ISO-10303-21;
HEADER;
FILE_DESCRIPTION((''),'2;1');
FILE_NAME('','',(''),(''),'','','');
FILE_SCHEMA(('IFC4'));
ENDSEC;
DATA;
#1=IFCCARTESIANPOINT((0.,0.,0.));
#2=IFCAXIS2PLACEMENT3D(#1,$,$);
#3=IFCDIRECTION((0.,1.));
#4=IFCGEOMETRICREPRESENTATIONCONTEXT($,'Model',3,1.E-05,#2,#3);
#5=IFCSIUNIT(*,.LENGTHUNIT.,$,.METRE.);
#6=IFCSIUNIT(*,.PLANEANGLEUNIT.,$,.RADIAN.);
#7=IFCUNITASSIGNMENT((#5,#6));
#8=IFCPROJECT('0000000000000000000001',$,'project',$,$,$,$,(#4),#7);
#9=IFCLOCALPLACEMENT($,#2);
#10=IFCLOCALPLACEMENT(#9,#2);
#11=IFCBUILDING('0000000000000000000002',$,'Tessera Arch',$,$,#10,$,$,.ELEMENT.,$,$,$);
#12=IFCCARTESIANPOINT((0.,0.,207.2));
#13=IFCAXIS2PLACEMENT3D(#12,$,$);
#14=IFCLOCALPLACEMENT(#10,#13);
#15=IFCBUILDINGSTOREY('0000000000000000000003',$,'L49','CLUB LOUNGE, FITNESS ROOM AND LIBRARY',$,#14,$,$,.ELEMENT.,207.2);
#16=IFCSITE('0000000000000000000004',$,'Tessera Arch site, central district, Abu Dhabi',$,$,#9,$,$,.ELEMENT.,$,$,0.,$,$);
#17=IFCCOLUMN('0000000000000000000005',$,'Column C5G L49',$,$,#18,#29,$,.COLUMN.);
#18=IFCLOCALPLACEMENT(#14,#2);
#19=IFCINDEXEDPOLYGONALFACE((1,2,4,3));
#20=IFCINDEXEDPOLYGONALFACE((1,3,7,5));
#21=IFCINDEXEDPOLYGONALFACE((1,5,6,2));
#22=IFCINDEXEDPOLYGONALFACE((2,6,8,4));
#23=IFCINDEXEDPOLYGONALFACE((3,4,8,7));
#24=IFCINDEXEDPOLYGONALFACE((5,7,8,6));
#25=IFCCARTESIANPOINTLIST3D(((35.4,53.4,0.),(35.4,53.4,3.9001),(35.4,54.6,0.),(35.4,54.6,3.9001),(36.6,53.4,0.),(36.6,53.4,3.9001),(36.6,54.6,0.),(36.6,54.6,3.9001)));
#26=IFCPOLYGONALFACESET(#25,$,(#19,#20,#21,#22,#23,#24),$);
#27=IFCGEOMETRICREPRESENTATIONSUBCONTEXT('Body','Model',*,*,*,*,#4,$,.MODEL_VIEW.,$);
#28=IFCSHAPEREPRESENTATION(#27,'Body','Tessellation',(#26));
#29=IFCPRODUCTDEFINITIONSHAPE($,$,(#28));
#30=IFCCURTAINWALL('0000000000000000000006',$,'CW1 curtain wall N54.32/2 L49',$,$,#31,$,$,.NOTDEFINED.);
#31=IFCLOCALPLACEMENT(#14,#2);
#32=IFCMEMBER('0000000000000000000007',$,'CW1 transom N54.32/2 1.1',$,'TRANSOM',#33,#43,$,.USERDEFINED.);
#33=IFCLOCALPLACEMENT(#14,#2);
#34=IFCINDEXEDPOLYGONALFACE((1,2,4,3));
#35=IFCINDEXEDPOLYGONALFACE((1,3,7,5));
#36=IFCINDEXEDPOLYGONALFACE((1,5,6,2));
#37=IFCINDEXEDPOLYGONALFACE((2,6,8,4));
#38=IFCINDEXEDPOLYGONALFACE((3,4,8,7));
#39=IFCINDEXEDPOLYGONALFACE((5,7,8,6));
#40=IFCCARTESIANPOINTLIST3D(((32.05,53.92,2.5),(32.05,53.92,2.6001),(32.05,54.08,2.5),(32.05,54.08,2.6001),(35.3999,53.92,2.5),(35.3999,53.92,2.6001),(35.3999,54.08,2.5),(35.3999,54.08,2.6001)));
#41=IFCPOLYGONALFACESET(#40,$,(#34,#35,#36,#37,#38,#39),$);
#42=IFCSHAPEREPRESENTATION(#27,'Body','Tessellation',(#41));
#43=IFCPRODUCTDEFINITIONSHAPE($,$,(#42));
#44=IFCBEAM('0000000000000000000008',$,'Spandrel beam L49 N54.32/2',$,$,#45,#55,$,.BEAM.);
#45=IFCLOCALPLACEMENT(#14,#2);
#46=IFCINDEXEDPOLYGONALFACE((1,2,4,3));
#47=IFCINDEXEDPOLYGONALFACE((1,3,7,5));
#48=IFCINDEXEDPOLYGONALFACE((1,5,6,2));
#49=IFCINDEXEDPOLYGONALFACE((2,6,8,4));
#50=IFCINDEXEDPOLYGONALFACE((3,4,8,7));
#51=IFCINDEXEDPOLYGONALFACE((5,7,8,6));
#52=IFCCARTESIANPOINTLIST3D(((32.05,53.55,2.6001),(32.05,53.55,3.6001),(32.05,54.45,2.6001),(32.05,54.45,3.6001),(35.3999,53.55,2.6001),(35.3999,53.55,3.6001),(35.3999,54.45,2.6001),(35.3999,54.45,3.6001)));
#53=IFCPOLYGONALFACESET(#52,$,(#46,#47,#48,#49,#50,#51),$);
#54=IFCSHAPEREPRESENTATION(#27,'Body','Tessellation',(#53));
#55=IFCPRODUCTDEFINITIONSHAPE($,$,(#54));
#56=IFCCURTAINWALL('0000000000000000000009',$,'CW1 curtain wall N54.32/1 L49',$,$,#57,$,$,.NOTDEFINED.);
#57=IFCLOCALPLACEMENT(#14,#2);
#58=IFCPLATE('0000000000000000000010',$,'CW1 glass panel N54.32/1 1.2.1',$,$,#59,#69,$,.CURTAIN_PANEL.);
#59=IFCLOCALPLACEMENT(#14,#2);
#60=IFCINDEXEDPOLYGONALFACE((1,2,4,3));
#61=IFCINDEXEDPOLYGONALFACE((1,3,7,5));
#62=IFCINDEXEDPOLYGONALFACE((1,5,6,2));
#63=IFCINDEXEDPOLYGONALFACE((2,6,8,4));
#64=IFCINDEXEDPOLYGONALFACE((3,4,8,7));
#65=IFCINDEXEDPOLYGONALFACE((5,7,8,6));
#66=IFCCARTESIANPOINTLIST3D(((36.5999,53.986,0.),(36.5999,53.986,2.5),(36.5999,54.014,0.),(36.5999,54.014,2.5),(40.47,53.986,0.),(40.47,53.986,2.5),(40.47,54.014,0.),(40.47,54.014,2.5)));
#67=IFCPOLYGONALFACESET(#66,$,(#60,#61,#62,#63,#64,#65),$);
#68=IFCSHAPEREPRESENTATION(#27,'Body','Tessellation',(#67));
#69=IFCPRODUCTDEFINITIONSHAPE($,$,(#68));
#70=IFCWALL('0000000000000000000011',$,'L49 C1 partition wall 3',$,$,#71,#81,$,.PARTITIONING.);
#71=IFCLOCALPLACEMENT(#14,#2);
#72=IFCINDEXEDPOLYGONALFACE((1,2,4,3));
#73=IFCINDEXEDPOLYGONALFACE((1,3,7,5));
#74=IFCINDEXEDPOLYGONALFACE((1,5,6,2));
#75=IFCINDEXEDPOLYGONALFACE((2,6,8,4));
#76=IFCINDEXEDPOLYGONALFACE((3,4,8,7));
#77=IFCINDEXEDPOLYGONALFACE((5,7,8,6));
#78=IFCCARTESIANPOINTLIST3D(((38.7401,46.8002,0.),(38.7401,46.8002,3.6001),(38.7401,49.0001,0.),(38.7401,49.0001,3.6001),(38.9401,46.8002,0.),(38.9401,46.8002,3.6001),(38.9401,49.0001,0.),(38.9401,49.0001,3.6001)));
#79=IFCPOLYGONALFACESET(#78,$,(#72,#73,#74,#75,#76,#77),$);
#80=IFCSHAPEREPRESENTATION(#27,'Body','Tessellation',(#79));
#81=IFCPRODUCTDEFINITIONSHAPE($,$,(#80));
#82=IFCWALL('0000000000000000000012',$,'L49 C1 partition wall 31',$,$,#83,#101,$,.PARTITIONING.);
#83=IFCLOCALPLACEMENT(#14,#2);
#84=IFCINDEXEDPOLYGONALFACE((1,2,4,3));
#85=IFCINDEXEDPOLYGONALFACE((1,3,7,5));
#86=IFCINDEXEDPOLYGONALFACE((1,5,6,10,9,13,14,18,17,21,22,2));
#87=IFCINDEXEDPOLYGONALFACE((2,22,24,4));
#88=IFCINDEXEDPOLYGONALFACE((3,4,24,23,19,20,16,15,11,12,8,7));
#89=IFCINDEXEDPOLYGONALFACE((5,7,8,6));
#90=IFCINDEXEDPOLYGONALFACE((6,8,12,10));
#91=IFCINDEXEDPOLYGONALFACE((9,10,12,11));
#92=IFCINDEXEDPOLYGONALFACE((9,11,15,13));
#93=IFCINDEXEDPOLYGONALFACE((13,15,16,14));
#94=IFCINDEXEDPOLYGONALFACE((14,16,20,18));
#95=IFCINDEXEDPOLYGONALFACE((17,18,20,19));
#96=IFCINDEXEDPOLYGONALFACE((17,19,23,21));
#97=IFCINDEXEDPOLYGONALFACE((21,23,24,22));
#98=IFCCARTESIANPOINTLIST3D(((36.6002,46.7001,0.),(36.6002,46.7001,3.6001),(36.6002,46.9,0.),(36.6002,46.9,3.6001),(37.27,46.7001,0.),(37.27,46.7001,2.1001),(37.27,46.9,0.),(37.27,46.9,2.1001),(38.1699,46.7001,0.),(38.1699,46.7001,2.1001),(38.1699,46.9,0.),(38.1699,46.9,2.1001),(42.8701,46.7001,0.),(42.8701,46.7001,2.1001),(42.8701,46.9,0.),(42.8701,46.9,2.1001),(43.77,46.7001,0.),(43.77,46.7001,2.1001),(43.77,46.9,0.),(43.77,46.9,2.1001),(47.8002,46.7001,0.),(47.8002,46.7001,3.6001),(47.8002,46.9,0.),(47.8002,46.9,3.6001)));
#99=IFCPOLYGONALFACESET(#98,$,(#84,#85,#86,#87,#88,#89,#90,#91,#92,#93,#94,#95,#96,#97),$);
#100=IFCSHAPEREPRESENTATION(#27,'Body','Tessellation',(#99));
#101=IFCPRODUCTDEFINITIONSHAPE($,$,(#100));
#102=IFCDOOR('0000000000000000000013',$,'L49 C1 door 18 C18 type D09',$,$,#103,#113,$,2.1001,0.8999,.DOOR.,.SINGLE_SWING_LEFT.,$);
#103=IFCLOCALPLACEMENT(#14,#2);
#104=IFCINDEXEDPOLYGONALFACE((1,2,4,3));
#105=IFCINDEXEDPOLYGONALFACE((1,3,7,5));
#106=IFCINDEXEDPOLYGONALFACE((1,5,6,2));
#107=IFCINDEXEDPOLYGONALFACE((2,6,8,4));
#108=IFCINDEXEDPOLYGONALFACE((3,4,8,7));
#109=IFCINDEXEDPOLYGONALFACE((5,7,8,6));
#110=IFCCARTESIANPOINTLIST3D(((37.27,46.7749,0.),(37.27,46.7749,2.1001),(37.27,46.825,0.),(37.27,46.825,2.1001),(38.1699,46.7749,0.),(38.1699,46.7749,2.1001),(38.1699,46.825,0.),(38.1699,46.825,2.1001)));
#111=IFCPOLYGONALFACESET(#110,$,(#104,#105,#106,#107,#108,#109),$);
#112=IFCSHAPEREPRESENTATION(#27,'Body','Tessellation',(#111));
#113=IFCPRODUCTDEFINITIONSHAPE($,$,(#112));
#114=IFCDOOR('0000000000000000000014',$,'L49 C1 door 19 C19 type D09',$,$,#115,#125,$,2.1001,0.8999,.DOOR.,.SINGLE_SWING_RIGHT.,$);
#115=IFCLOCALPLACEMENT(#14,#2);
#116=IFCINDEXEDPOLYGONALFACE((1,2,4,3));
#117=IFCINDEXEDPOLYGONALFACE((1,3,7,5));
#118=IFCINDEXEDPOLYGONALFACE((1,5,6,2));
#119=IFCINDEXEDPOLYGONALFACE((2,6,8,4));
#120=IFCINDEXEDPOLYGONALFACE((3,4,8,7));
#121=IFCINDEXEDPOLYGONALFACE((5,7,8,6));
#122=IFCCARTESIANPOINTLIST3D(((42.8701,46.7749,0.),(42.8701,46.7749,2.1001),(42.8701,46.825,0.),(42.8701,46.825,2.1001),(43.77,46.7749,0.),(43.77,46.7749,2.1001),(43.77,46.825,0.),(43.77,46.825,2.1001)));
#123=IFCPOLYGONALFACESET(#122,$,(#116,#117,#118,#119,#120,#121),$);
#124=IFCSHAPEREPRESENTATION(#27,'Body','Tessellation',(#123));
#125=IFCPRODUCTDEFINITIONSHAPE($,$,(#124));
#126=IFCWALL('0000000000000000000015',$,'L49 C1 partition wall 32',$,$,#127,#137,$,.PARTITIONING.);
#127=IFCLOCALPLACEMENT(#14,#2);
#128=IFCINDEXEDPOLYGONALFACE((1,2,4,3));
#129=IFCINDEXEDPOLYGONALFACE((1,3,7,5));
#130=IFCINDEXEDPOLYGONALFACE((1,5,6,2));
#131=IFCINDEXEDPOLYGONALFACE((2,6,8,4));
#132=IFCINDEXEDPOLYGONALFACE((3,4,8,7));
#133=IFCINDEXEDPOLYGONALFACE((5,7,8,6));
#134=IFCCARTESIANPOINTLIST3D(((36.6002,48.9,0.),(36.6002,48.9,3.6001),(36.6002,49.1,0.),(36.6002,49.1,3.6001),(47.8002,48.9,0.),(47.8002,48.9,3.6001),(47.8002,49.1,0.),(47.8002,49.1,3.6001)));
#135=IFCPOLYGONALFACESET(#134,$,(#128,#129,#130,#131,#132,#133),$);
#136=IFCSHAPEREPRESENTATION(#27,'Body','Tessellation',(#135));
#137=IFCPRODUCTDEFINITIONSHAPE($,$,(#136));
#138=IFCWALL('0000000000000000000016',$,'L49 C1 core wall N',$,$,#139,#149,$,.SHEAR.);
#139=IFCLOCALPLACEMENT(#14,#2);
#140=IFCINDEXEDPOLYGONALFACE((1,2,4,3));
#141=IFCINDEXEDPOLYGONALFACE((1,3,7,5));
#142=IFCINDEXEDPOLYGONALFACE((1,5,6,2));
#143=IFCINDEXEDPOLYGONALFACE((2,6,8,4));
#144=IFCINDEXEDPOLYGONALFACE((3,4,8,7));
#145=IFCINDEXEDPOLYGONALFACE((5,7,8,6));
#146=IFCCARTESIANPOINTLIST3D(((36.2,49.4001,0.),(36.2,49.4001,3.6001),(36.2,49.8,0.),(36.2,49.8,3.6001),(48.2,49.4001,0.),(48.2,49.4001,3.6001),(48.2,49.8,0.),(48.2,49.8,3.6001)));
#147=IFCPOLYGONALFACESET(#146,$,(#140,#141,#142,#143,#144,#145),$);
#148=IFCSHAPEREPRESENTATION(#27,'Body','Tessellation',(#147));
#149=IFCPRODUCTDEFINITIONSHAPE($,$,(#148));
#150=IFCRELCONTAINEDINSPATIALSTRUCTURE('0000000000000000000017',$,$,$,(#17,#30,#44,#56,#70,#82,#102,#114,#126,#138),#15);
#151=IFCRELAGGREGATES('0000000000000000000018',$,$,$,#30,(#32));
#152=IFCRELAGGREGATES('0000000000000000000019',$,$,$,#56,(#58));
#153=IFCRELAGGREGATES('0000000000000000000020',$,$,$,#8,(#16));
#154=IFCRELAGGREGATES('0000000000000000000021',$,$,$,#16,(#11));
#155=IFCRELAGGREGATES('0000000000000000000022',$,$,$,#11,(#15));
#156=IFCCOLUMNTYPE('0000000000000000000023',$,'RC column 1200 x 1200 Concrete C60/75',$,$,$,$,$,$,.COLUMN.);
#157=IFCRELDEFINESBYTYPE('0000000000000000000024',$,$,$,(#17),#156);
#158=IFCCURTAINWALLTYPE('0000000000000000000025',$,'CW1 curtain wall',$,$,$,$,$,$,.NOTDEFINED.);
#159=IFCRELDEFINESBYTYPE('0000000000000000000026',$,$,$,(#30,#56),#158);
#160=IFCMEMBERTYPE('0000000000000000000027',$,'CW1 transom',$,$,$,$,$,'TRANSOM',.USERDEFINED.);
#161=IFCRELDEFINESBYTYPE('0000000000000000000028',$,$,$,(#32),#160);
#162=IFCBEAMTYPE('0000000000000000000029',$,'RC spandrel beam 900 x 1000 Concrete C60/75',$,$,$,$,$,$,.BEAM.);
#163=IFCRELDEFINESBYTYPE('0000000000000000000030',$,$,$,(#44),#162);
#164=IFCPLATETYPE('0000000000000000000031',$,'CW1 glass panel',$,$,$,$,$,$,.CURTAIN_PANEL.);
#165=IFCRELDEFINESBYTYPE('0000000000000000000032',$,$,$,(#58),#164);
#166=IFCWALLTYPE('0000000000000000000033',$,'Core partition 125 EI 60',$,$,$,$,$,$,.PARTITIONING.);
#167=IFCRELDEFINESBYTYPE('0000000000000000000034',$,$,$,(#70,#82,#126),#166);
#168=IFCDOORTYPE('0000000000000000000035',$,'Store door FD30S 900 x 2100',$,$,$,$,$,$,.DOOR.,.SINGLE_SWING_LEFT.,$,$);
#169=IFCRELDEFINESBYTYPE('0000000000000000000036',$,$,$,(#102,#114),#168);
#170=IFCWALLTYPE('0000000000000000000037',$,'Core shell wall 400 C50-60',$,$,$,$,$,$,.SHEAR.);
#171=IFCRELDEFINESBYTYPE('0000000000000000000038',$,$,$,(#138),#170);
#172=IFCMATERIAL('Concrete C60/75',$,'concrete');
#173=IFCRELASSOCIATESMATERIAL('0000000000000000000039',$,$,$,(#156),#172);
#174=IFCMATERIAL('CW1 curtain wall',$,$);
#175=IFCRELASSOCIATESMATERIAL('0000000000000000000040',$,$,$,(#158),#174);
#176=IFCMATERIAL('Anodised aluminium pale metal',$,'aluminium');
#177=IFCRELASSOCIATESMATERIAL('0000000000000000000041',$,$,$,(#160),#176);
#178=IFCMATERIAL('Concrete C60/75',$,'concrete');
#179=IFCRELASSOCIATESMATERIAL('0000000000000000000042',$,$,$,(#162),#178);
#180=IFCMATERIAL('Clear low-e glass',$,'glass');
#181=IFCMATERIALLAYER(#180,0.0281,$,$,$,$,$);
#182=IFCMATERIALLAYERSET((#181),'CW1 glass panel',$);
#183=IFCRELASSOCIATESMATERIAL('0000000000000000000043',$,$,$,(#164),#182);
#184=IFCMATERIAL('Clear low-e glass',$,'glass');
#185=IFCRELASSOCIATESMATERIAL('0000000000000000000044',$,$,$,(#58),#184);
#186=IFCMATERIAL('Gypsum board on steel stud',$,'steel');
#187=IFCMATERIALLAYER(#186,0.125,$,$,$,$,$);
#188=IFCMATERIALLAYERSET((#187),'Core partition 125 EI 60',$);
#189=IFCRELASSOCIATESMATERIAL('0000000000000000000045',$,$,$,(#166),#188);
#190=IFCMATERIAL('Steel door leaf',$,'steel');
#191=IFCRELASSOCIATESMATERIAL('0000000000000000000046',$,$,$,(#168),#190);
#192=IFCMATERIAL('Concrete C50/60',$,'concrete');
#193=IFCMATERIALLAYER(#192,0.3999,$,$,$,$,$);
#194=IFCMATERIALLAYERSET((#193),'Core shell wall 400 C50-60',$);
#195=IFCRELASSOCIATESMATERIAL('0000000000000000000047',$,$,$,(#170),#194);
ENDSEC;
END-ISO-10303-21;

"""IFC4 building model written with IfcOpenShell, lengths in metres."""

from ifc_helpers import new_model, si_unit, direction, frame, frame_2d, origin, origin_2d, place, context, subcontext, project, spatial, rectangle, extrude, material, layer, layer_set, material_profile, profile_set, type_object, element, fill, aggregate, save


model = new_model("IFC4")

# Units and contexts
model_context = context("Model", 3, precision=1e-05, world=origin(), true_north=direction((0.0, 1.0)))
body_context = subcontext(model_context, "Body", "Model", "MODEL_VIEW")
ifc_project = project(units=[si_unit("LENGTHUNIT", "METRE"), si_unit("PLANEANGLEUNIT", "RADIAN")], contexts=[model_context])

# Site, building, storey
site_placement = place(None, origin())
site = spatial("IfcSite", under=ifc_project, at=site_placement, Name="Tessera Arch site, central district, Abu Dhabi", CompositionType="ELEMENT", RefElevation=0.0)
building_placement = place(site_placement, origin())
building = spatial("IfcBuilding", under=site, at=building_placement, Name="Tessera Arch", CompositionType="ELEMENT")
storey_placement = place(building_placement, frame((0.0, 0.0, 207.2)))
storey = spatial("IfcBuildingStorey", under=building, at=storey_placement, Name="L49", Description="CLUB LOUNGE, FITNESS ROOM AND LIBRARY", CompositionType="ELEMENT", Elevation=207.2)

# Column
ifc_material_1 = material(Name="Concrete C60/75", Category="concrete")
ifc_material_profile_1 = material_profile(ifc_material_1, rectangle(XDim=1.2, YDim=1.2, at=origin_2d()), Name="RC column 1200 x 1200 Concrete C60/75")
ifc_profile_set_1 = profile_set([ifc_material_profile_1], Name="Concrete C60/75")
column_type = type_object("IfcColumnType", Name="RC column 1200 x 1200 Concrete C60/75", PredefinedType="COLUMN", material=ifc_profile_set_1)
column_placement = place(storey_placement, frame((36.0, 54.0, 0.0), z_axis=(0.0, 0.0, 1.0), x_axis=(1.0, 0.0, 0.0)))
element("IfcColumn", 1, at=column_placement, inside=storey, type_object=column_type, Name="Column C5G L49", PredefinedType="COLUMN", context=body_context, shape_type="SweptSolid", body=[
    extrude(rectangle(XDim=1.2, YDim=1.2, at=origin_2d()), origin(), (0.0, 0.0, 1.0), 3.9001),
])

# Curtain wall, member
ifc_material_2 = material(Name="CW1 curtain wall")
curtain_wall_type = type_object("IfcCurtainWallType", Name="CW1 curtain wall", PredefinedType="NOTDEFINED", material=ifc_material_2)
curtain_wall_1_placement = place(storey_placement, origin())
curtain_wall_1 = element("IfcCurtainWall", 2, at=curtain_wall_1_placement, inside=storey, type_object=curtain_wall_type, Name="CW1 curtain wall N54.32/2 L49", PredefinedType="NOTDEFINED")
ifc_material_3 = material(Name="Anodised aluminium pale metal", Category="aluminium")
ifc_material_profile_2 = material_profile(ifc_material_3, rectangle(XDim=0.1599, YDim=0.1001, at=origin_2d()), Name="AL 160x100")
ifc_profile_set_2 = profile_set([ifc_material_profile_2], Name="Anodised aluminium pale metal")
member_type = type_object("IfcMemberType", Name="CW1 transom", ElementType="TRANSOM", PredefinedType="USERDEFINED", material=ifc_profile_set_2)
member_placement = place(storey_placement, frame((35.3999, 54.0, 2.55), z_axis=(-1.0, 0.0, 0.0), x_axis=(0.0, -1.0, 0.0)))
member = element("IfcMember", 3, at=member_placement, type_object=member_type, Name="CW1 transom N54.32/2 1.1", ObjectType="TRANSOM", PredefinedType="USERDEFINED", context=body_context, shape_type="SweptSolid", body=[
    extrude(rectangle(XDim=0.1599, YDim=0.1001, at=origin_2d()), origin(), (0.0, 0.0, 1.0), 3.3499),
])
aggregate(curtain_wall_1, [member])

# Beam
ifc_material_4 = material(Name="Concrete C60/75", Category="concrete")
ifc_material_profile_3 = material_profile(ifc_material_4, rectangle(XDim=0.8999, YDim=1.0, at=origin_2d()), Name="RC spandrel beam 900 x 1000 Concrete C60/75")
ifc_profile_set_3 = profile_set([ifc_material_profile_3], Name="Concrete C60/75")
beam_type = type_object("IfcBeamType", Name="RC spandrel beam 900 x 1000 Concrete C60/75", PredefinedType="BEAM", material=ifc_profile_set_3)
beam_placement = place(storey_placement, frame((35.3999, 54.0, 3.1001), z_axis=(-1.0, 0.0, 0.0), x_axis=(0.0, -1.0, 0.0)))
element("IfcBeam", 4, at=beam_placement, inside=storey, type_object=beam_type, Name="Spandrel beam L49 N54.32/2", PredefinedType="BEAM", context=body_context, shape_type="SweptSolid", body=[
    extrude(rectangle(XDim=0.8999, YDim=1.0, at=origin_2d()), origin(), (0.0, 0.0, 1.0), 3.3499),
])

# Curtain wall, plate
curtain_wall_2_placement = place(storey_placement, origin())
curtain_wall_2 = element("IfcCurtainWall", 5, at=curtain_wall_2_placement, inside=storey, type_object=curtain_wall_type, Name="CW1 curtain wall N54.32/1 L49", PredefinedType="NOTDEFINED")
ifc_material_5 = material(Name="Clear low-e glass", Category="glass")
ifc_material_6 = material(Name="Clear low-e glass", Category="glass")
ifc_layer_1 = layer(ifc_material_6, 0.0281)
ifc_layer_set_1 = layer_set([ifc_layer_1], Name="CW1 glass panel")
plate_type = type_object("IfcPlateType", Name="CW1 glass panel", PredefinedType="CURTAIN_PANEL", material=ifc_layer_set_1)
plate_placement = place(storey_placement, frame((38.5349, 54.0, 0.0), z_axis=(0.0, 0.0, 1.0), x_axis=(-1.0, 0.0, 0.0)))
plate = element("IfcPlate", 6, at=plate_placement, type_object=plate_type, material=ifc_material_5, Name="CW1 glass panel N54.32/1 1.2.1", PredefinedType="CURTAIN_PANEL", context=body_context, shape_type="SweptSolid", body=[
    extrude(rectangle(XDim=3.8701, YDim=0.0281, at=origin_2d()), origin(), (0.0, 0.0, 1.0), 2.5),
])
aggregate(curtain_wall_2, [plate])

# Wall
ifc_material_7 = material(Name="Gypsum board on steel stud", Category="steel")
ifc_layer_2 = layer(ifc_material_7, 0.125)
ifc_layer_set_2 = layer_set([ifc_layer_2], Name="Core partition 125 EI 60")
wall_type_1 = type_object("IfcWallType", Name="Core partition 125 EI 60", PredefinedType="PARTITIONING", material=ifc_layer_set_2)
wall_1_placement = place(storey_placement, frame((38.8401, 46.8, 0.0), z_axis=(0.0, 0.0, 1.0), x_axis=(0.0, 1.0, 0.0)))
element("IfcWall", 7, at=wall_1_placement, inside=storey, type_object=wall_type_1, Name="L49 C1 partition wall 3", PredefinedType="PARTITIONING", context=body_context, shape_type="SweptSolid", body=[
    extrude(rectangle(XDim=2.2, YDim=0.2, at=frame_2d((1.1001, 0.0))), origin(), (0.0, 0.0, 1.0), 3.6001),
])

# Wall, openings, doors
wall_2_placement = place(storey_placement, frame((36.6001, 46.8, 0.0), z_axis=(0.0, 0.0, 1.0), x_axis=(1.0, 0.0, 0.0)))
wall_2 = element("IfcWall", 8, at=wall_2_placement, inside=storey, type_object=wall_type_1, Name="L49 C1 partition wall 31", PredefinedType="PARTITIONING", context=body_context, shape_type="SweptSolid", body=[
    extrude(rectangle(XDim=11.2, YDim=0.2, at=frame_2d((5.6001, 0.0))), origin(), (0.0, 0.0, 1.0), 3.6001),
])
opening_1_placement = place(wall_2_placement, frame((0.6699, 0.0, 0.0)))
opening_1 = element("IfcOpeningElement", 9, at=opening_1_placement, cuts=wall_2, PredefinedType="OPENING", context=body_context, shape_type="SweptSolid", body=[
    extrude(rectangle(XDim=0.8999, YDim=2.1001, at=frame_2d((0.45, 1.05))), frame((0.0, 0.1099, 0.0), z_axis=(0.0, -1.0, 0.0), x_axis=(1.0, 0.0, 0.0)), (0.0, 0.0, 1.0), 0.22),
])
opening_2_placement = place(wall_2_placement, frame((6.27, 0.0, 0.0)))
opening_2 = element("IfcOpeningElement", 10, at=opening_2_placement, cuts=wall_2, PredefinedType="OPENING", context=body_context, shape_type="SweptSolid", body=[
    extrude(rectangle(XDim=0.8999, YDim=2.1001, at=frame_2d((0.45, 1.05))), frame((0.0, 0.1099, 0.0), z_axis=(0.0, -1.0, 0.0), x_axis=(1.0, 0.0, 0.0)), (0.0, 0.0, 1.0), 0.22),
])
ifc_material_8 = material(Name="Steel door leaf", Category="steel")
door_type_1 = type_object("IfcDoorType", Name="Store door FD30S 900 x 2100", OperationType="SINGLE_SWING_LEFT", PredefinedType="DOOR", material=ifc_material_8)
door_1_placement = place(opening_1_placement, origin())
door_1 = element("IfcDoor", 11, at=door_1_placement, inside=storey, type_object=door_type_1, Name="L49 C1 door 18 C18 type D09", OperationType="SINGLE_SWING_LEFT", OverallHeight=2.1001, OverallWidth=0.8999, PredefinedType="DOOR", context=body_context, shape_type="SweptSolid", body=[
    extrude(rectangle(XDim=0.8999, YDim=2.1001, at=frame_2d((0.45, 1.05))), frame((0.0, 0.0249, 0.0), z_axis=(0.0, -1.0, 0.0), x_axis=(1.0, 0.0, 0.0)), (0.0, 0.0, 1.0), 0.05),
])
fill(opening_1, door_1)
door_2_placement = place(opening_2_placement, origin())
door_2 = element("IfcDoor", 12, at=door_2_placement, inside=storey, type_object=door_type_1, Name="L49 C1 door 19 C19 type D09", OperationType="SINGLE_SWING_RIGHT", OverallHeight=2.1001, OverallWidth=0.8999, PredefinedType="DOOR", context=body_context, shape_type="SweptSolid", body=[
    extrude(rectangle(XDim=0.8999, YDim=2.1001, at=frame_2d((0.45, 1.05))), frame((0.0, 0.0249, 0.0), z_axis=(0.0, -1.0, 0.0), x_axis=(1.0, 0.0, 0.0)), (0.0, 0.0, 1.0), 0.05),
])
fill(opening_2, door_2)

# Walls
wall_3_placement = place(storey_placement, frame((36.6001, 49.0, 0.0), z_axis=(0.0, 0.0, 1.0), x_axis=(1.0, 0.0, 0.0)))
element("IfcWall", 13, at=wall_3_placement, inside=storey, type_object=wall_type_1, Name="L49 C1 partition wall 32", PredefinedType="PARTITIONING", context=body_context, shape_type="SweptSolid", body=[
    extrude(rectangle(XDim=11.2, YDim=0.2, at=frame_2d((5.6001, 0.0))), origin(), (0.0, 0.0, 1.0), 3.6001),
])
ifc_material_9 = material(Name="Concrete C50/60", Category="concrete")
ifc_layer_3 = layer(ifc_material_9, 0.3999)
ifc_layer_set_3 = layer_set([ifc_layer_3], Name="Core shell wall 400 C50-60")
wall_type_2 = type_object("IfcWallType", Name="Core shell wall 400 C50-60", PredefinedType="SHEAR", material=ifc_layer_set_3)
wall_4_placement = place(storey_placement, frame((36.2, 49.6001, 0.0), z_axis=(0.0, 0.0, 1.0), x_axis=(1.0, 0.0, 0.0)))
element("IfcWall", 14, at=wall_4_placement, inside=storey, type_object=wall_type_2, Name="L49 C1 core wall N", PredefinedType="SHEAR", context=body_context, shape_type="SweptSolid", body=[
    extrude(rectangle(XDim=12.0, YDim=0.3999, at=frame_2d((6.0, 0.0))), origin(), (0.0, 0.0, 1.0), 3.6001),
])

save(model, "model.ifc")
